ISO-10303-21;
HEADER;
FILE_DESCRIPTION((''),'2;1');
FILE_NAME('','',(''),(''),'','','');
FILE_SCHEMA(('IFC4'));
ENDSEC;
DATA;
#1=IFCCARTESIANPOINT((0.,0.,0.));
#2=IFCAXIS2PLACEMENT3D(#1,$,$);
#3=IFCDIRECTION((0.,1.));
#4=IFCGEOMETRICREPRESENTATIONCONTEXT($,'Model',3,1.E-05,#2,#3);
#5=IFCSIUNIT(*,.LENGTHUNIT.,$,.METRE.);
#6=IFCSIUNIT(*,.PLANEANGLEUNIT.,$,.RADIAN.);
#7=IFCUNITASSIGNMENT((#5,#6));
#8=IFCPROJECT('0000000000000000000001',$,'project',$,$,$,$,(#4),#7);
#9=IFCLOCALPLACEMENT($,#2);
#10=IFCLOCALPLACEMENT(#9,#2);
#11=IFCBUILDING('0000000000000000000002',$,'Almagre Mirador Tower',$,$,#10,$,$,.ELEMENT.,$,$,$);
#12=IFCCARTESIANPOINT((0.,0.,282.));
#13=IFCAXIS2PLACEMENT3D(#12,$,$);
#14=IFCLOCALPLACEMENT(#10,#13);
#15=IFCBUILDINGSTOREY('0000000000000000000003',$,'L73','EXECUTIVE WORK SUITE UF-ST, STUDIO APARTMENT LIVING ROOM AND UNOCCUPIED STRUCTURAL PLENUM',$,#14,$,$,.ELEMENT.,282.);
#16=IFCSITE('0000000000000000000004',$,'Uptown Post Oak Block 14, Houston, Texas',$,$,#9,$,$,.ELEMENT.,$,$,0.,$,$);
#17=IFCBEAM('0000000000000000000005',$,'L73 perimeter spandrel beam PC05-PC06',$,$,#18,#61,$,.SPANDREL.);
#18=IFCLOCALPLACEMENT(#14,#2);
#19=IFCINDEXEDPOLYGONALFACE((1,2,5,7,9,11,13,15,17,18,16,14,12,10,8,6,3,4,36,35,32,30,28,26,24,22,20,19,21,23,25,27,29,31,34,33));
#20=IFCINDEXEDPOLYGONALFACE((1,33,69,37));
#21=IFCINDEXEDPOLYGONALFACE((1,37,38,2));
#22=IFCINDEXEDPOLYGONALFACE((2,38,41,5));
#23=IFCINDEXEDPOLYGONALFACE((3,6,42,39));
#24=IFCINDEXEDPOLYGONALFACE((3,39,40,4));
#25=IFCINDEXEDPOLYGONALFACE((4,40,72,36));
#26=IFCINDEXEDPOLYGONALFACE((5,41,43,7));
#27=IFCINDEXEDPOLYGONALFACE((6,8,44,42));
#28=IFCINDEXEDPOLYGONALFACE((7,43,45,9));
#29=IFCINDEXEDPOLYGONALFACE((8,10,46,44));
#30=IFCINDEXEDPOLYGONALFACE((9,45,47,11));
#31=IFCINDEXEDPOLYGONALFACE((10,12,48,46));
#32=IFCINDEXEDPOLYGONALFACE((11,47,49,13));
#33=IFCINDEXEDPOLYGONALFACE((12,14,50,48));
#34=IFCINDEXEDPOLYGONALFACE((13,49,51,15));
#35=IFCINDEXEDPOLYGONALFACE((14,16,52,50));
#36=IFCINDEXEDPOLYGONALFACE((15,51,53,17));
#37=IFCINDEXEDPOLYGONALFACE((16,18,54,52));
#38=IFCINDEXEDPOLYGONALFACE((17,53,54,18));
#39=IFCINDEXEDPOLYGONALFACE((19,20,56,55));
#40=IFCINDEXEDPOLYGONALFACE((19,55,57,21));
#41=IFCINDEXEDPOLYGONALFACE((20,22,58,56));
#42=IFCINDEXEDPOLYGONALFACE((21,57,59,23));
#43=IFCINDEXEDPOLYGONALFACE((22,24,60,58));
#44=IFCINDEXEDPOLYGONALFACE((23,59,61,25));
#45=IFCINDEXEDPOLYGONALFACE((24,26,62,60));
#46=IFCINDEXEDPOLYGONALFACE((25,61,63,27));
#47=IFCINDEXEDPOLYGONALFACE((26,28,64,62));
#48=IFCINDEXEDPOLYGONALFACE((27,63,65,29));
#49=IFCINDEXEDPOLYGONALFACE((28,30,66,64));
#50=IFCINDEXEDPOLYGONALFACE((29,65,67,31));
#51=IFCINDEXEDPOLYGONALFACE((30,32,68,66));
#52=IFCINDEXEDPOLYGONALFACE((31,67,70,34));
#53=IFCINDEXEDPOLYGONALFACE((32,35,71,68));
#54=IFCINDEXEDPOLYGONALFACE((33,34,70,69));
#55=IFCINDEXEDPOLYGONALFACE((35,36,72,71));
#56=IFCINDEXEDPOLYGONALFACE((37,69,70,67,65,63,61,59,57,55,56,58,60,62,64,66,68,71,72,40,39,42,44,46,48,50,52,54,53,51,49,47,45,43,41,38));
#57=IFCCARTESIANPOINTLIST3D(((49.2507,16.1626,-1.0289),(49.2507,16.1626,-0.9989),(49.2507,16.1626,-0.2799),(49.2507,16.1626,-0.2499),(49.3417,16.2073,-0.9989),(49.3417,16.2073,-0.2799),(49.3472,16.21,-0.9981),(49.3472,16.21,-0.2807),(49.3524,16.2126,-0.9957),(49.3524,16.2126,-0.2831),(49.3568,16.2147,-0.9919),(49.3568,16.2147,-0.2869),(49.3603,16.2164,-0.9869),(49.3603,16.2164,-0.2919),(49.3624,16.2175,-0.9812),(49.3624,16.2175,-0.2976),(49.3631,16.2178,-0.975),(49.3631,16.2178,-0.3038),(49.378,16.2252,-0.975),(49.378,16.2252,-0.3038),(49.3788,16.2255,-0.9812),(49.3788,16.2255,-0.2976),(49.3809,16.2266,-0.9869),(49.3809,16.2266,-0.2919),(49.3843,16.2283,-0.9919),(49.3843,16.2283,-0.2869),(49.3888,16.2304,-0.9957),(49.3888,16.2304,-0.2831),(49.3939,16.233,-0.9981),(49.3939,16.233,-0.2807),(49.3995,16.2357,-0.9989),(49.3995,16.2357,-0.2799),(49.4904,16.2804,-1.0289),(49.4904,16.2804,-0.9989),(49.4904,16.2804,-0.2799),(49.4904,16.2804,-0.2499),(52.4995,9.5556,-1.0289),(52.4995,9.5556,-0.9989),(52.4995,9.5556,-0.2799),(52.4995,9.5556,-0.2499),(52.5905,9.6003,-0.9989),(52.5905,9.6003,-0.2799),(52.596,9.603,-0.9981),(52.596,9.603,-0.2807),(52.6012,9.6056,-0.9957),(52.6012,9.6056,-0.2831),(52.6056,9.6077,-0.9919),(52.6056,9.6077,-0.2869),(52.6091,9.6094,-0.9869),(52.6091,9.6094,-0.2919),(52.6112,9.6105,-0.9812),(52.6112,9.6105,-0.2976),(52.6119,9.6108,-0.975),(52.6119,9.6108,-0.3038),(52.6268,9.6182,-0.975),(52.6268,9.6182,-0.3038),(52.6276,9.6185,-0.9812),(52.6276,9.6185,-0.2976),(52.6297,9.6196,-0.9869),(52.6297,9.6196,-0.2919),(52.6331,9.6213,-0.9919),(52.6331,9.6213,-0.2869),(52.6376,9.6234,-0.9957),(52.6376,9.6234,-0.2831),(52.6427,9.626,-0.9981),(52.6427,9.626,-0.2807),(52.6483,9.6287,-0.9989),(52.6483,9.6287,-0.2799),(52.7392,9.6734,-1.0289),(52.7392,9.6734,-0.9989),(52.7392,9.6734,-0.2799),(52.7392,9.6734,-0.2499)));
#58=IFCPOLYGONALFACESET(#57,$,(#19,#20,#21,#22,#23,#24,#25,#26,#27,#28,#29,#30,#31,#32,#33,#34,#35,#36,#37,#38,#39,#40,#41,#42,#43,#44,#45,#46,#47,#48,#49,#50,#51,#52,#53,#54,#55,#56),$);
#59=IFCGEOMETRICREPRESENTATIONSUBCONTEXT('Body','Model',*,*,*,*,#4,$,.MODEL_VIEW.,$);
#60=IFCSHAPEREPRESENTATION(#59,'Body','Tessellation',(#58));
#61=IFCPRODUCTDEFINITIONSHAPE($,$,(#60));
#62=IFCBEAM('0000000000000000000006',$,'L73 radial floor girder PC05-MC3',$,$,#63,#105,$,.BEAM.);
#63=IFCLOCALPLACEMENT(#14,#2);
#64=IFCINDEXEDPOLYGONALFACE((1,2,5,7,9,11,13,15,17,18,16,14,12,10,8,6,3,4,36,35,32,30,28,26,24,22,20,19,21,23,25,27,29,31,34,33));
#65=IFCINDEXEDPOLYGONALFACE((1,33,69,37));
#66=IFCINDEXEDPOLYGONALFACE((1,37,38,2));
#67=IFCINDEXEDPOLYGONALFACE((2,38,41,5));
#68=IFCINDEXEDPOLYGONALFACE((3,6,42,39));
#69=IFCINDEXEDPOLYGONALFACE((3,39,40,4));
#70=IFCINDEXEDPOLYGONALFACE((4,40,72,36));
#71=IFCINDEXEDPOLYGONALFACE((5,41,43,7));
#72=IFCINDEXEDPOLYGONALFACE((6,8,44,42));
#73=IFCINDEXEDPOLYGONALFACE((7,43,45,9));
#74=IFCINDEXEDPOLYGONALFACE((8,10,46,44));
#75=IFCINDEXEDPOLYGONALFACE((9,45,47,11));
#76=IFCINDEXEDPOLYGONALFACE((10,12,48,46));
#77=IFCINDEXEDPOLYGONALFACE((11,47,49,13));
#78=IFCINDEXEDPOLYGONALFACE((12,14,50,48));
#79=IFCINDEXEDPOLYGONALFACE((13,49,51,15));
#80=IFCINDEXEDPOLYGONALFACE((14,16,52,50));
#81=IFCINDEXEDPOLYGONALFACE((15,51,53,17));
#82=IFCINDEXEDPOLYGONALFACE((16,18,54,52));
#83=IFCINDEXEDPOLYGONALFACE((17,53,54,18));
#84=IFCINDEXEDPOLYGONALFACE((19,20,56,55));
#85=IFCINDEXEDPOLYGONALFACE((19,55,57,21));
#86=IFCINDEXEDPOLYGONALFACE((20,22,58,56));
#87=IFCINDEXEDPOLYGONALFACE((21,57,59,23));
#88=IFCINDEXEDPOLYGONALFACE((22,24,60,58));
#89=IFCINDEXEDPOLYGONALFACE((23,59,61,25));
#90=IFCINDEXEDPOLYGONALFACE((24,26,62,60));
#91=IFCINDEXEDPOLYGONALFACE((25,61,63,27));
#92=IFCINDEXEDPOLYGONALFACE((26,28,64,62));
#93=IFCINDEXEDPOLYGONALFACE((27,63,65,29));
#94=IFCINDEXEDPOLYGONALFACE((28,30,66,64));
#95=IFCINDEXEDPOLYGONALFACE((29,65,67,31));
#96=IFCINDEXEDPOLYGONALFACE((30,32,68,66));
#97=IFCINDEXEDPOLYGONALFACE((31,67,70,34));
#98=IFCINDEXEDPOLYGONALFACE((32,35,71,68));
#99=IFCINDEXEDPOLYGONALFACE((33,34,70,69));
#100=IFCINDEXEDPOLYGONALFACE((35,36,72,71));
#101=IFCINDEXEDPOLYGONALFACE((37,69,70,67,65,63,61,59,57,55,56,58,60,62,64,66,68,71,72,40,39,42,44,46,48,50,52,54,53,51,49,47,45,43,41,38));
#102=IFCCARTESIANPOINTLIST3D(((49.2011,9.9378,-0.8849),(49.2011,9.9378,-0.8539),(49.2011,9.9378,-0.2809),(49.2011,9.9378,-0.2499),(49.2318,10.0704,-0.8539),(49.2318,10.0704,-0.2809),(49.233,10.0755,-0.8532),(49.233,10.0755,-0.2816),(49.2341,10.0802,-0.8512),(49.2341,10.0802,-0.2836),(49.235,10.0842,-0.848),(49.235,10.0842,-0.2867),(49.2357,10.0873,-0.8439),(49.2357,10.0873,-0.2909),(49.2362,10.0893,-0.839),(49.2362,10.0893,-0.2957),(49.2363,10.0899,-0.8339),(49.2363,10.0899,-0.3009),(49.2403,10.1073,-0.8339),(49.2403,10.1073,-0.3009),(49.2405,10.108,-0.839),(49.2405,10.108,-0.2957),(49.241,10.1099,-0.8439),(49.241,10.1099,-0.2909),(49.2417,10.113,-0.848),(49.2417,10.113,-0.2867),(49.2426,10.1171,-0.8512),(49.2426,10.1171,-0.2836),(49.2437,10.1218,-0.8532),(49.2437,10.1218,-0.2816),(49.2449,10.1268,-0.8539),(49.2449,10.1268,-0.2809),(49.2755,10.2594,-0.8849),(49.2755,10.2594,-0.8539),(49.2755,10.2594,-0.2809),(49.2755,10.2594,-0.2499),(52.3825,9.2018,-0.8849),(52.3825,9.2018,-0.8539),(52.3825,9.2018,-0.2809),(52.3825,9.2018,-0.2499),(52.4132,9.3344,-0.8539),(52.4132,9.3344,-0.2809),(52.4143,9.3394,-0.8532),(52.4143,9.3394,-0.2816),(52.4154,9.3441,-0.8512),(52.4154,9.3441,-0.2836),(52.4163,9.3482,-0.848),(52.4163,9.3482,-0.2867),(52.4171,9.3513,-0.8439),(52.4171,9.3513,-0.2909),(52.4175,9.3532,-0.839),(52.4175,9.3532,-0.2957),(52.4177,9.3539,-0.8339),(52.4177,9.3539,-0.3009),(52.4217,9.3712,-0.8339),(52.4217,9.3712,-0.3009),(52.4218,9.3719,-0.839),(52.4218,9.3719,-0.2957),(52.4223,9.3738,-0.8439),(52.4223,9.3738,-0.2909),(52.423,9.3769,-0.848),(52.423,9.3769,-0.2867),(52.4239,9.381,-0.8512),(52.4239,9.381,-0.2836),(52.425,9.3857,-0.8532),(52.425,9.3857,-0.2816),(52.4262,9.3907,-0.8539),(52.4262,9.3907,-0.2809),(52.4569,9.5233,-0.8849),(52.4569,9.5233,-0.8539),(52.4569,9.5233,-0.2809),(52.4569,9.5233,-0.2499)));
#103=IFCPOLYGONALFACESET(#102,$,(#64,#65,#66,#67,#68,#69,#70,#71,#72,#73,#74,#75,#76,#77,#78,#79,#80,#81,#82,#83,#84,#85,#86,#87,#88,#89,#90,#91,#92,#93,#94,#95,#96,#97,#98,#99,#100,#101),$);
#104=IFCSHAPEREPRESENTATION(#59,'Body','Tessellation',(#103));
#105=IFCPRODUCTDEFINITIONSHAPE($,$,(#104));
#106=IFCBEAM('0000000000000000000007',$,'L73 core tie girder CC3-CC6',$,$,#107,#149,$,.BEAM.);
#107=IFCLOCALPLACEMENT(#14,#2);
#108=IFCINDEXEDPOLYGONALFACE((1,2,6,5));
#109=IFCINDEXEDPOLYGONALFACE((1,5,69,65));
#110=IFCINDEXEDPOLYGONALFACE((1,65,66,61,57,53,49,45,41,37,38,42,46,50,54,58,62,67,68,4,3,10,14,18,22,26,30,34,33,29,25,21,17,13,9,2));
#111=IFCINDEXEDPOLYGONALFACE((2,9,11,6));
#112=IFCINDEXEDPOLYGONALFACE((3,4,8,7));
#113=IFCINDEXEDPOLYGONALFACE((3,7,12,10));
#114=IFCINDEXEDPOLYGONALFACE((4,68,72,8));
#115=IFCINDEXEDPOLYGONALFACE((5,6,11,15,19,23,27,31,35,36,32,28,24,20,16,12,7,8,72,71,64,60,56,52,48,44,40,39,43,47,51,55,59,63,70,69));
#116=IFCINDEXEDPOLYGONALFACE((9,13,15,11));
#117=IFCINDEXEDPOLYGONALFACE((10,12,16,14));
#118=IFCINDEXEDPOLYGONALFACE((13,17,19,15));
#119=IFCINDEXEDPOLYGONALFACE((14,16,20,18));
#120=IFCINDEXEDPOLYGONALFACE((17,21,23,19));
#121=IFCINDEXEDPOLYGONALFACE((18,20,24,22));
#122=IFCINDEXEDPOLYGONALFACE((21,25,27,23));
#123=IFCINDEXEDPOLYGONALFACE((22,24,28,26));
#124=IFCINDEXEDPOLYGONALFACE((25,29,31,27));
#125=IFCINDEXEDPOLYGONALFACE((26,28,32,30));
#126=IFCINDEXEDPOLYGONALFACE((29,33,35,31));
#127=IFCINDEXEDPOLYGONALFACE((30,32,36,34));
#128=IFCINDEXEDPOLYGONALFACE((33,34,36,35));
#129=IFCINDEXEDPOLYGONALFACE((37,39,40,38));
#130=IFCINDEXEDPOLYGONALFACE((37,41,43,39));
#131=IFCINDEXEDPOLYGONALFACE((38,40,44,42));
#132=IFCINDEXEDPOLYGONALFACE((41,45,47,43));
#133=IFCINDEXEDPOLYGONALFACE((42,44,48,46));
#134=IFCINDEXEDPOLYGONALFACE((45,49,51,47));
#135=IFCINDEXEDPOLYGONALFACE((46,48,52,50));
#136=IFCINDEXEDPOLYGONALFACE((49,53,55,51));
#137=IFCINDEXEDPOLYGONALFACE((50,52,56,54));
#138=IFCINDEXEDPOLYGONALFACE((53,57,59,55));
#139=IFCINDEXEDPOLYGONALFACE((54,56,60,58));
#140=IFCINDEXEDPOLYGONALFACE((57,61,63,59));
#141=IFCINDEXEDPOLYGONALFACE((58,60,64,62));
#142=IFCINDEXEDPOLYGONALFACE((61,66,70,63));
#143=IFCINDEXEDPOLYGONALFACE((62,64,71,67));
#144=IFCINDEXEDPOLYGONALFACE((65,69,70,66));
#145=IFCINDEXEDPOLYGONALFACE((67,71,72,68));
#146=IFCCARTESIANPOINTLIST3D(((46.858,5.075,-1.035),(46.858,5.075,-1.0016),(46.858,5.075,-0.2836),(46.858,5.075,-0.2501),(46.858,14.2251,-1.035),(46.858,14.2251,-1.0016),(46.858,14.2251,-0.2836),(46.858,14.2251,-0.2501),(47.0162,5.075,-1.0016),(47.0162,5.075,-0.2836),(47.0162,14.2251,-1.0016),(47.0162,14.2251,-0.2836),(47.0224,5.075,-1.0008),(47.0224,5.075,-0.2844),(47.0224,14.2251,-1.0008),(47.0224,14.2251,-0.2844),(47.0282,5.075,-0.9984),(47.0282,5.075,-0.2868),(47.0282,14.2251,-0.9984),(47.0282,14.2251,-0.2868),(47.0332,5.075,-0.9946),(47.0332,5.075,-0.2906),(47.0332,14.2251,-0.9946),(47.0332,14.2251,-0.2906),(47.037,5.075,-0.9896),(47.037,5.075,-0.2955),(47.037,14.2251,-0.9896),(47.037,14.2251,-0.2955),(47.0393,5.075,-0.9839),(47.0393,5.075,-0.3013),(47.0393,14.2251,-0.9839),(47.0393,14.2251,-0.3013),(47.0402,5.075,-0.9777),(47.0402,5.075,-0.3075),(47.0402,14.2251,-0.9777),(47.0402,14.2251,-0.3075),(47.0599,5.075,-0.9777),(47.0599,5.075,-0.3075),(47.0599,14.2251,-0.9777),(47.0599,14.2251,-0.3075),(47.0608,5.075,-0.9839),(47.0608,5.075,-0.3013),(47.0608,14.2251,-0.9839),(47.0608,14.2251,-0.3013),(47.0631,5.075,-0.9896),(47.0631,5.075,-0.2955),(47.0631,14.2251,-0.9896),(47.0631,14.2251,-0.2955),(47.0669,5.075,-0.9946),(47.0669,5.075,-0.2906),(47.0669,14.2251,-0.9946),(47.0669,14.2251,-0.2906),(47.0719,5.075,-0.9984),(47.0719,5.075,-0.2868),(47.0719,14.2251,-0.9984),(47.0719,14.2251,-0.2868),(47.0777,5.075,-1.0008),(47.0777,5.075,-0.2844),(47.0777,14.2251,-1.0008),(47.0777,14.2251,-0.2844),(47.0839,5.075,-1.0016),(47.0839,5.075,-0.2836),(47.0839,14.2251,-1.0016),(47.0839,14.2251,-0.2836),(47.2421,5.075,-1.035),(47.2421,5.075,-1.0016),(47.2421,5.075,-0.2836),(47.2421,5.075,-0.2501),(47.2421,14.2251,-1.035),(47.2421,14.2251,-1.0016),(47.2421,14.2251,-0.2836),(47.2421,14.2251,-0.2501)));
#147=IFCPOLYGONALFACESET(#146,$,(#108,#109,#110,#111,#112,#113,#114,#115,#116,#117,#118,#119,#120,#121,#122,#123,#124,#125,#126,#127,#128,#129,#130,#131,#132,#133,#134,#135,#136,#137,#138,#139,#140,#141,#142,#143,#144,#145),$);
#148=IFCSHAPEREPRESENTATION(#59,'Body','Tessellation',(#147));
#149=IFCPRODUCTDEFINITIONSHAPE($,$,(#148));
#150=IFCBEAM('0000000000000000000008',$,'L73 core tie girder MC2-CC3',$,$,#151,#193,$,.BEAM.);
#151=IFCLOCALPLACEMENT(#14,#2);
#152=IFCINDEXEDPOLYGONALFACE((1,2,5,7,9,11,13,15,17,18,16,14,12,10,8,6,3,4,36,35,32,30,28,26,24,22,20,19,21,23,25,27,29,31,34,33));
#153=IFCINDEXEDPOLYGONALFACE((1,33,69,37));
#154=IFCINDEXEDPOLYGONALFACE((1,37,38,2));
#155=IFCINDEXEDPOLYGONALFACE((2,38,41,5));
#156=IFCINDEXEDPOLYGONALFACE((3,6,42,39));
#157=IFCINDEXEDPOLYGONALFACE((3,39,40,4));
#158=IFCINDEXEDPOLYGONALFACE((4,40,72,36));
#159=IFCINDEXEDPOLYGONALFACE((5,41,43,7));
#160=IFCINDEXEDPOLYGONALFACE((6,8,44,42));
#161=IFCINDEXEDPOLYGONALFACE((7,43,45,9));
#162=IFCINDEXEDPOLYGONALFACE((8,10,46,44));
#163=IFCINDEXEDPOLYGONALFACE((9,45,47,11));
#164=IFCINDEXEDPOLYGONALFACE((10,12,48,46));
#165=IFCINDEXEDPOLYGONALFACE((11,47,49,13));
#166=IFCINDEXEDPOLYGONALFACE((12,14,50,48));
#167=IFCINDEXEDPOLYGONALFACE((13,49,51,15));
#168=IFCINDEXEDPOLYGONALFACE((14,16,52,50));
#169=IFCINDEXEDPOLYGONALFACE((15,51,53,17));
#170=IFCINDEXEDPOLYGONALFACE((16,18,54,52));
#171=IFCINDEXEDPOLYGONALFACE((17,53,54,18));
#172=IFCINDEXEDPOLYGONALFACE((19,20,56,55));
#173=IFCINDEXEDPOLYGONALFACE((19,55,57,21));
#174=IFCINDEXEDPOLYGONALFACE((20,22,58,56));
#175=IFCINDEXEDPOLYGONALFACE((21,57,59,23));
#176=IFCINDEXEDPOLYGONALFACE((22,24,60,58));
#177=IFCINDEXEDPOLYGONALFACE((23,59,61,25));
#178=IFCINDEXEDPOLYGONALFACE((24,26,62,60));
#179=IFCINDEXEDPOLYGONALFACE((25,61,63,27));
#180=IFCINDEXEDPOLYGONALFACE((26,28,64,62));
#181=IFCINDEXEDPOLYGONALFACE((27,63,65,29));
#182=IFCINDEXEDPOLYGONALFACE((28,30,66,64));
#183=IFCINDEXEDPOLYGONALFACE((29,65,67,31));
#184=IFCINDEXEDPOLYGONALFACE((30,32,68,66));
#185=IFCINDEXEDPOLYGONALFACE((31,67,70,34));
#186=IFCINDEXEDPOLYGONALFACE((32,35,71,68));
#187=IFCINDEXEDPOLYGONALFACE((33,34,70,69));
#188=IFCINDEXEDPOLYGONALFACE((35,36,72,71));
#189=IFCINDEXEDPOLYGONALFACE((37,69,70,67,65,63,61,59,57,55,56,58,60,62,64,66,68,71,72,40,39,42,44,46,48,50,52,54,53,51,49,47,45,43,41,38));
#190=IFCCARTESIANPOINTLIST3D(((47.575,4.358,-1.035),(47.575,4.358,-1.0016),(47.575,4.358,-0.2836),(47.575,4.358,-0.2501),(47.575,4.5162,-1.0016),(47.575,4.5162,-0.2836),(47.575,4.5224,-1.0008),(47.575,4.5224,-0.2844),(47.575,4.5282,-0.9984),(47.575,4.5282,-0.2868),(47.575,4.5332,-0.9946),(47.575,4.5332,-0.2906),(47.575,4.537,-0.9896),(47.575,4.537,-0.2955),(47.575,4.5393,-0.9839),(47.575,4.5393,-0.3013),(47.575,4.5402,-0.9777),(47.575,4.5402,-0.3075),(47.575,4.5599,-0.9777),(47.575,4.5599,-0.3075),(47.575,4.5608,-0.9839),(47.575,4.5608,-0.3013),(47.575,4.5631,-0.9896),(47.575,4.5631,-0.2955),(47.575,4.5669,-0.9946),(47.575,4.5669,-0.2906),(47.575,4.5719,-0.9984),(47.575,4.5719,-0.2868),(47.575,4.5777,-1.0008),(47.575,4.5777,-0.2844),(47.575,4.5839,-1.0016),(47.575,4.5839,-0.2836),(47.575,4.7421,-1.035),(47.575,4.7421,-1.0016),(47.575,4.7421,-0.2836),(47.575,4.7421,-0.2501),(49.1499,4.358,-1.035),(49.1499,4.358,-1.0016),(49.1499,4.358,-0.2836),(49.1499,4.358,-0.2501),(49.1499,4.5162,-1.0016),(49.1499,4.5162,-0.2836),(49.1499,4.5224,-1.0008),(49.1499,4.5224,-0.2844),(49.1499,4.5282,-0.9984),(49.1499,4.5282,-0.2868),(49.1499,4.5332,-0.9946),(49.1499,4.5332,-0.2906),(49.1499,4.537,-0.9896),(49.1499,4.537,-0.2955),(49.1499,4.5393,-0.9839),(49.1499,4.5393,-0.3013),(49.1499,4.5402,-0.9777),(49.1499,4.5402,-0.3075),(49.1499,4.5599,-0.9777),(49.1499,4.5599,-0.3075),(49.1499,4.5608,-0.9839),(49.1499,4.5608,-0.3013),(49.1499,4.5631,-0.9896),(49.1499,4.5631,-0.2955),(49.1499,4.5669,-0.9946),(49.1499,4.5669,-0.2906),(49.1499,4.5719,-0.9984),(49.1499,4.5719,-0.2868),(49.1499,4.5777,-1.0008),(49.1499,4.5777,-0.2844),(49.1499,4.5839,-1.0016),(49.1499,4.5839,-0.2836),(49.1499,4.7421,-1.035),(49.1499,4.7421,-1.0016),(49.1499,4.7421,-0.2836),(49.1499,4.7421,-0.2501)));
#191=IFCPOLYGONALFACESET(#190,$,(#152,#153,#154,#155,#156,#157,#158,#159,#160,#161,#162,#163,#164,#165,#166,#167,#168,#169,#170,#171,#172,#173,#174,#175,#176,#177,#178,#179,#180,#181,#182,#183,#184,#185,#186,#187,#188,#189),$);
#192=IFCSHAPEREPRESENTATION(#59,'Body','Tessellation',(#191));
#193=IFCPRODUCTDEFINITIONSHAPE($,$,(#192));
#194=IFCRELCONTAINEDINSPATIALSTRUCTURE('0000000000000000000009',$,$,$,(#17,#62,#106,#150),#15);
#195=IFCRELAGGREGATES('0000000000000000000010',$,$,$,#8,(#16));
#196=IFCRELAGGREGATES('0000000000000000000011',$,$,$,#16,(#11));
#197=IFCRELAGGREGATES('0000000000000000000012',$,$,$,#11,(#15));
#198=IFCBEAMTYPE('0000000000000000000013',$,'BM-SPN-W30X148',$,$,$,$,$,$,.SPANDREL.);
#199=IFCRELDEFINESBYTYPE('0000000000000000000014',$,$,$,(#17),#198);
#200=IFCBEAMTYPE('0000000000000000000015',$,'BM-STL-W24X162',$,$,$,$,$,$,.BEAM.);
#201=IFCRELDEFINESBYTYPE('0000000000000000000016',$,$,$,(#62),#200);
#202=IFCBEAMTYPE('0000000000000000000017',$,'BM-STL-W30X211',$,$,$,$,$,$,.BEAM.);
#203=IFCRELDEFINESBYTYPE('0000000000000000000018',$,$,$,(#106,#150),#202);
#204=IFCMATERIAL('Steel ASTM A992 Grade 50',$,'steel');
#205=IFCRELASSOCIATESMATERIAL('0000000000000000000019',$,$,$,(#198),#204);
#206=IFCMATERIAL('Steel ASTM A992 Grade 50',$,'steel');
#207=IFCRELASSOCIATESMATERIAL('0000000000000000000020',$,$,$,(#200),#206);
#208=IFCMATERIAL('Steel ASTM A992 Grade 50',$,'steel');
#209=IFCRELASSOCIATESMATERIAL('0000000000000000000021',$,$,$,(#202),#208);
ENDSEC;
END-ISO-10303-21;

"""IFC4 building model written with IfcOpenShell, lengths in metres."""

from ifc_helpers import new_model, si_unit, direction, frame, origin, origin_2d, place, context, subcontext, project, spatial, i_section, extrude, material, material_profile, profile_set, type_object, element, save


model = new_model("IFC4")

# Units and contexts
model_context = context("Model", 3, precision=1e-05, world=origin(), true_north=direction((0.0, 1.0)))
body_context = subcontext(model_context, "Body", "Model", "MODEL_VIEW")
ifc_project = project(units=[si_unit("LENGTHUNIT", "METRE"), si_unit("PLANEANGLEUNIT", "RADIAN")], contexts=[model_context])

# Site, building, storey
site_placement = place(None, origin())
site = spatial("IfcSite", under=ifc_project, at=site_placement, Name="Uptown Post Oak Block 14, Houston, Texas", CompositionType="ELEMENT", RefElevation=0.0)
building_placement = place(site_placement, origin())
building = spatial("IfcBuilding", under=site, at=building_placement, Name="Almagre Mirador Tower", CompositionType="ELEMENT")
storey_placement = place(building_placement, frame((0.0, 0.0, 282.0)))
storey = spatial("IfcBuildingStorey", under=building, at=storey_placement, Name="L73", Description="EXECUTIVE WORK SUITE UF-ST, STUDIO APARTMENT LIVING ROOM AND UNOCCUPIED STRUCTURAL PLENUM", CompositionType="ELEMENT", Elevation=282.0)

# Beams
ifc_material_1 = material(Name="Steel ASTM A992 Grade 50", Category="steel")
ifc_material_profile_1 = material_profile(ifc_material_1, i_section(OverallWidth=0.2671, OverallDepth=0.7791, WebThickness=0.0166, FlangeThickness=0.03, FilletRadius=0.0239, at=origin_2d()), Name="W30X148")
ifc_profile_set_1 = profile_set([ifc_material_profile_1], Name="Steel ASTM A992 Grade 50")
beam_type_1 = type_object("IfcBeamType", Name="BM-SPN-W30X148", PredefinedType="SPANDREL", material=ifc_profile_set_1)
beam_1_placement = place(storey_placement, frame((52.6194, 9.6145, -0.6394), z_axis=(-0.441261, 0.897379, 0.0), x_axis=(-0.897379, -0.441261, 0.0)))
element("IfcBeam", 1, at=beam_1_placement, inside=storey, type_object=beam_type_1, Name="L73 perimeter spandrel beam PC05-PC06", PredefinedType="SPANDREL", context=body_context, shape_type="SweptSolid", body=[
    extrude(i_section(OverallWidth=0.2671, OverallDepth=0.7791, WebThickness=0.0166, FlangeThickness=0.03, FilletRadius=0.0239, at=origin_2d()), origin(), (0.0, 0.0, 1.0), 7.3625),
])
ifc_material_2 = material(Name="Steel ASTM A992 Grade 50", Category="steel")
ifc_material_profile_2 = material_profile(ifc_material_2, i_section(OverallWidth=0.3301, OverallDepth=0.635, WebThickness=0.0178, FlangeThickness=0.031, FilletRadius=0.02, at=origin_2d()), Name="W24X162")
ifc_profile_set_2 = profile_set([ifc_material_profile_2], Name="Steel ASTM A992 Grade 50")
beam_type_2 = type_object("IfcBeamType", Name="BM-STL-W24X162", PredefinedType="BEAM", material=ifc_profile_set_2)
beam_2_placement = place(storey_placement, frame((52.4197, 9.3625, -0.5674), z_axis=(-0.974263, 0.225416, 0.0), x_axis=(-0.225416, -0.974263, 0.0)))
element("IfcBeam", 2, at=beam_2_placement, inside=storey, type_object=beam_type_2, Name="L73 radial floor girder PC05-MC3", PredefinedType="BEAM", context=body_context, shape_type="SweptSolid", body=[
    extrude(i_section(OverallWidth=0.3301, OverallDepth=0.635, WebThickness=0.0178, FlangeThickness=0.031, FilletRadius=0.02, at=origin_2d()), origin(), (0.0, 0.0, 1.0), 3.2654),
])
ifc_material_3 = material(Name="Steel ASTM A992 Grade 50", Category="steel")
ifc_material_profile_3 = material_profile(ifc_material_3, i_section(OverallWidth=0.384, OverallDepth=0.7849, WebThickness=0.0198, FlangeThickness=0.0334, FilletRadius=0.0239, at=origin_2d()), Name="W30X211")
ifc_profile_set_3 = profile_set([ifc_material_profile_3], Name="Steel ASTM A992 Grade 50")
beam_type_3 = type_object("IfcBeamType", Name="BM-STL-W30X211", PredefinedType="BEAM", material=ifc_profile_set_3)
beam_3_placement = place(storey_placement, frame((47.05, 5.075, -0.6426), z_axis=(0.0, 1.0, 0.0), x_axis=(-1.0, 0.0, 0.0)))
element("IfcBeam", 3, at=beam_3_placement, inside=storey, type_object=beam_type_3, Name="L73 core tie girder CC3-CC6", PredefinedType="BEAM", context=body_context, shape_type="SweptSolid", body=[
    extrude(i_section(OverallWidth=0.384, OverallDepth=0.7849, WebThickness=0.0198, FlangeThickness=0.0334, FilletRadius=0.0239, at=origin_2d()), origin(), (0.0, 0.0, 1.0), 9.1501),
])
beam_4_placement = place(storey_placement, frame((49.1499, 4.55, -0.6426), z_axis=(-1.0, 0.0, 0.0), x_axis=(0.0, -1.0, 0.0)))
element("IfcBeam", 4, at=beam_4_placement, inside=storey, type_object=beam_type_3, Name="L73 core tie girder MC2-CC3", PredefinedType="BEAM", context=body_context, shape_type="SweptSolid", body=[
    extrude(i_section(OverallWidth=0.384, OverallDepth=0.7849, WebThickness=0.0198, FlangeThickness=0.0334, FilletRadius=0.0239, at=origin_2d()), origin(), (0.0, 0.0, 1.0), 1.575),
])

save(model, "model.ifc")
